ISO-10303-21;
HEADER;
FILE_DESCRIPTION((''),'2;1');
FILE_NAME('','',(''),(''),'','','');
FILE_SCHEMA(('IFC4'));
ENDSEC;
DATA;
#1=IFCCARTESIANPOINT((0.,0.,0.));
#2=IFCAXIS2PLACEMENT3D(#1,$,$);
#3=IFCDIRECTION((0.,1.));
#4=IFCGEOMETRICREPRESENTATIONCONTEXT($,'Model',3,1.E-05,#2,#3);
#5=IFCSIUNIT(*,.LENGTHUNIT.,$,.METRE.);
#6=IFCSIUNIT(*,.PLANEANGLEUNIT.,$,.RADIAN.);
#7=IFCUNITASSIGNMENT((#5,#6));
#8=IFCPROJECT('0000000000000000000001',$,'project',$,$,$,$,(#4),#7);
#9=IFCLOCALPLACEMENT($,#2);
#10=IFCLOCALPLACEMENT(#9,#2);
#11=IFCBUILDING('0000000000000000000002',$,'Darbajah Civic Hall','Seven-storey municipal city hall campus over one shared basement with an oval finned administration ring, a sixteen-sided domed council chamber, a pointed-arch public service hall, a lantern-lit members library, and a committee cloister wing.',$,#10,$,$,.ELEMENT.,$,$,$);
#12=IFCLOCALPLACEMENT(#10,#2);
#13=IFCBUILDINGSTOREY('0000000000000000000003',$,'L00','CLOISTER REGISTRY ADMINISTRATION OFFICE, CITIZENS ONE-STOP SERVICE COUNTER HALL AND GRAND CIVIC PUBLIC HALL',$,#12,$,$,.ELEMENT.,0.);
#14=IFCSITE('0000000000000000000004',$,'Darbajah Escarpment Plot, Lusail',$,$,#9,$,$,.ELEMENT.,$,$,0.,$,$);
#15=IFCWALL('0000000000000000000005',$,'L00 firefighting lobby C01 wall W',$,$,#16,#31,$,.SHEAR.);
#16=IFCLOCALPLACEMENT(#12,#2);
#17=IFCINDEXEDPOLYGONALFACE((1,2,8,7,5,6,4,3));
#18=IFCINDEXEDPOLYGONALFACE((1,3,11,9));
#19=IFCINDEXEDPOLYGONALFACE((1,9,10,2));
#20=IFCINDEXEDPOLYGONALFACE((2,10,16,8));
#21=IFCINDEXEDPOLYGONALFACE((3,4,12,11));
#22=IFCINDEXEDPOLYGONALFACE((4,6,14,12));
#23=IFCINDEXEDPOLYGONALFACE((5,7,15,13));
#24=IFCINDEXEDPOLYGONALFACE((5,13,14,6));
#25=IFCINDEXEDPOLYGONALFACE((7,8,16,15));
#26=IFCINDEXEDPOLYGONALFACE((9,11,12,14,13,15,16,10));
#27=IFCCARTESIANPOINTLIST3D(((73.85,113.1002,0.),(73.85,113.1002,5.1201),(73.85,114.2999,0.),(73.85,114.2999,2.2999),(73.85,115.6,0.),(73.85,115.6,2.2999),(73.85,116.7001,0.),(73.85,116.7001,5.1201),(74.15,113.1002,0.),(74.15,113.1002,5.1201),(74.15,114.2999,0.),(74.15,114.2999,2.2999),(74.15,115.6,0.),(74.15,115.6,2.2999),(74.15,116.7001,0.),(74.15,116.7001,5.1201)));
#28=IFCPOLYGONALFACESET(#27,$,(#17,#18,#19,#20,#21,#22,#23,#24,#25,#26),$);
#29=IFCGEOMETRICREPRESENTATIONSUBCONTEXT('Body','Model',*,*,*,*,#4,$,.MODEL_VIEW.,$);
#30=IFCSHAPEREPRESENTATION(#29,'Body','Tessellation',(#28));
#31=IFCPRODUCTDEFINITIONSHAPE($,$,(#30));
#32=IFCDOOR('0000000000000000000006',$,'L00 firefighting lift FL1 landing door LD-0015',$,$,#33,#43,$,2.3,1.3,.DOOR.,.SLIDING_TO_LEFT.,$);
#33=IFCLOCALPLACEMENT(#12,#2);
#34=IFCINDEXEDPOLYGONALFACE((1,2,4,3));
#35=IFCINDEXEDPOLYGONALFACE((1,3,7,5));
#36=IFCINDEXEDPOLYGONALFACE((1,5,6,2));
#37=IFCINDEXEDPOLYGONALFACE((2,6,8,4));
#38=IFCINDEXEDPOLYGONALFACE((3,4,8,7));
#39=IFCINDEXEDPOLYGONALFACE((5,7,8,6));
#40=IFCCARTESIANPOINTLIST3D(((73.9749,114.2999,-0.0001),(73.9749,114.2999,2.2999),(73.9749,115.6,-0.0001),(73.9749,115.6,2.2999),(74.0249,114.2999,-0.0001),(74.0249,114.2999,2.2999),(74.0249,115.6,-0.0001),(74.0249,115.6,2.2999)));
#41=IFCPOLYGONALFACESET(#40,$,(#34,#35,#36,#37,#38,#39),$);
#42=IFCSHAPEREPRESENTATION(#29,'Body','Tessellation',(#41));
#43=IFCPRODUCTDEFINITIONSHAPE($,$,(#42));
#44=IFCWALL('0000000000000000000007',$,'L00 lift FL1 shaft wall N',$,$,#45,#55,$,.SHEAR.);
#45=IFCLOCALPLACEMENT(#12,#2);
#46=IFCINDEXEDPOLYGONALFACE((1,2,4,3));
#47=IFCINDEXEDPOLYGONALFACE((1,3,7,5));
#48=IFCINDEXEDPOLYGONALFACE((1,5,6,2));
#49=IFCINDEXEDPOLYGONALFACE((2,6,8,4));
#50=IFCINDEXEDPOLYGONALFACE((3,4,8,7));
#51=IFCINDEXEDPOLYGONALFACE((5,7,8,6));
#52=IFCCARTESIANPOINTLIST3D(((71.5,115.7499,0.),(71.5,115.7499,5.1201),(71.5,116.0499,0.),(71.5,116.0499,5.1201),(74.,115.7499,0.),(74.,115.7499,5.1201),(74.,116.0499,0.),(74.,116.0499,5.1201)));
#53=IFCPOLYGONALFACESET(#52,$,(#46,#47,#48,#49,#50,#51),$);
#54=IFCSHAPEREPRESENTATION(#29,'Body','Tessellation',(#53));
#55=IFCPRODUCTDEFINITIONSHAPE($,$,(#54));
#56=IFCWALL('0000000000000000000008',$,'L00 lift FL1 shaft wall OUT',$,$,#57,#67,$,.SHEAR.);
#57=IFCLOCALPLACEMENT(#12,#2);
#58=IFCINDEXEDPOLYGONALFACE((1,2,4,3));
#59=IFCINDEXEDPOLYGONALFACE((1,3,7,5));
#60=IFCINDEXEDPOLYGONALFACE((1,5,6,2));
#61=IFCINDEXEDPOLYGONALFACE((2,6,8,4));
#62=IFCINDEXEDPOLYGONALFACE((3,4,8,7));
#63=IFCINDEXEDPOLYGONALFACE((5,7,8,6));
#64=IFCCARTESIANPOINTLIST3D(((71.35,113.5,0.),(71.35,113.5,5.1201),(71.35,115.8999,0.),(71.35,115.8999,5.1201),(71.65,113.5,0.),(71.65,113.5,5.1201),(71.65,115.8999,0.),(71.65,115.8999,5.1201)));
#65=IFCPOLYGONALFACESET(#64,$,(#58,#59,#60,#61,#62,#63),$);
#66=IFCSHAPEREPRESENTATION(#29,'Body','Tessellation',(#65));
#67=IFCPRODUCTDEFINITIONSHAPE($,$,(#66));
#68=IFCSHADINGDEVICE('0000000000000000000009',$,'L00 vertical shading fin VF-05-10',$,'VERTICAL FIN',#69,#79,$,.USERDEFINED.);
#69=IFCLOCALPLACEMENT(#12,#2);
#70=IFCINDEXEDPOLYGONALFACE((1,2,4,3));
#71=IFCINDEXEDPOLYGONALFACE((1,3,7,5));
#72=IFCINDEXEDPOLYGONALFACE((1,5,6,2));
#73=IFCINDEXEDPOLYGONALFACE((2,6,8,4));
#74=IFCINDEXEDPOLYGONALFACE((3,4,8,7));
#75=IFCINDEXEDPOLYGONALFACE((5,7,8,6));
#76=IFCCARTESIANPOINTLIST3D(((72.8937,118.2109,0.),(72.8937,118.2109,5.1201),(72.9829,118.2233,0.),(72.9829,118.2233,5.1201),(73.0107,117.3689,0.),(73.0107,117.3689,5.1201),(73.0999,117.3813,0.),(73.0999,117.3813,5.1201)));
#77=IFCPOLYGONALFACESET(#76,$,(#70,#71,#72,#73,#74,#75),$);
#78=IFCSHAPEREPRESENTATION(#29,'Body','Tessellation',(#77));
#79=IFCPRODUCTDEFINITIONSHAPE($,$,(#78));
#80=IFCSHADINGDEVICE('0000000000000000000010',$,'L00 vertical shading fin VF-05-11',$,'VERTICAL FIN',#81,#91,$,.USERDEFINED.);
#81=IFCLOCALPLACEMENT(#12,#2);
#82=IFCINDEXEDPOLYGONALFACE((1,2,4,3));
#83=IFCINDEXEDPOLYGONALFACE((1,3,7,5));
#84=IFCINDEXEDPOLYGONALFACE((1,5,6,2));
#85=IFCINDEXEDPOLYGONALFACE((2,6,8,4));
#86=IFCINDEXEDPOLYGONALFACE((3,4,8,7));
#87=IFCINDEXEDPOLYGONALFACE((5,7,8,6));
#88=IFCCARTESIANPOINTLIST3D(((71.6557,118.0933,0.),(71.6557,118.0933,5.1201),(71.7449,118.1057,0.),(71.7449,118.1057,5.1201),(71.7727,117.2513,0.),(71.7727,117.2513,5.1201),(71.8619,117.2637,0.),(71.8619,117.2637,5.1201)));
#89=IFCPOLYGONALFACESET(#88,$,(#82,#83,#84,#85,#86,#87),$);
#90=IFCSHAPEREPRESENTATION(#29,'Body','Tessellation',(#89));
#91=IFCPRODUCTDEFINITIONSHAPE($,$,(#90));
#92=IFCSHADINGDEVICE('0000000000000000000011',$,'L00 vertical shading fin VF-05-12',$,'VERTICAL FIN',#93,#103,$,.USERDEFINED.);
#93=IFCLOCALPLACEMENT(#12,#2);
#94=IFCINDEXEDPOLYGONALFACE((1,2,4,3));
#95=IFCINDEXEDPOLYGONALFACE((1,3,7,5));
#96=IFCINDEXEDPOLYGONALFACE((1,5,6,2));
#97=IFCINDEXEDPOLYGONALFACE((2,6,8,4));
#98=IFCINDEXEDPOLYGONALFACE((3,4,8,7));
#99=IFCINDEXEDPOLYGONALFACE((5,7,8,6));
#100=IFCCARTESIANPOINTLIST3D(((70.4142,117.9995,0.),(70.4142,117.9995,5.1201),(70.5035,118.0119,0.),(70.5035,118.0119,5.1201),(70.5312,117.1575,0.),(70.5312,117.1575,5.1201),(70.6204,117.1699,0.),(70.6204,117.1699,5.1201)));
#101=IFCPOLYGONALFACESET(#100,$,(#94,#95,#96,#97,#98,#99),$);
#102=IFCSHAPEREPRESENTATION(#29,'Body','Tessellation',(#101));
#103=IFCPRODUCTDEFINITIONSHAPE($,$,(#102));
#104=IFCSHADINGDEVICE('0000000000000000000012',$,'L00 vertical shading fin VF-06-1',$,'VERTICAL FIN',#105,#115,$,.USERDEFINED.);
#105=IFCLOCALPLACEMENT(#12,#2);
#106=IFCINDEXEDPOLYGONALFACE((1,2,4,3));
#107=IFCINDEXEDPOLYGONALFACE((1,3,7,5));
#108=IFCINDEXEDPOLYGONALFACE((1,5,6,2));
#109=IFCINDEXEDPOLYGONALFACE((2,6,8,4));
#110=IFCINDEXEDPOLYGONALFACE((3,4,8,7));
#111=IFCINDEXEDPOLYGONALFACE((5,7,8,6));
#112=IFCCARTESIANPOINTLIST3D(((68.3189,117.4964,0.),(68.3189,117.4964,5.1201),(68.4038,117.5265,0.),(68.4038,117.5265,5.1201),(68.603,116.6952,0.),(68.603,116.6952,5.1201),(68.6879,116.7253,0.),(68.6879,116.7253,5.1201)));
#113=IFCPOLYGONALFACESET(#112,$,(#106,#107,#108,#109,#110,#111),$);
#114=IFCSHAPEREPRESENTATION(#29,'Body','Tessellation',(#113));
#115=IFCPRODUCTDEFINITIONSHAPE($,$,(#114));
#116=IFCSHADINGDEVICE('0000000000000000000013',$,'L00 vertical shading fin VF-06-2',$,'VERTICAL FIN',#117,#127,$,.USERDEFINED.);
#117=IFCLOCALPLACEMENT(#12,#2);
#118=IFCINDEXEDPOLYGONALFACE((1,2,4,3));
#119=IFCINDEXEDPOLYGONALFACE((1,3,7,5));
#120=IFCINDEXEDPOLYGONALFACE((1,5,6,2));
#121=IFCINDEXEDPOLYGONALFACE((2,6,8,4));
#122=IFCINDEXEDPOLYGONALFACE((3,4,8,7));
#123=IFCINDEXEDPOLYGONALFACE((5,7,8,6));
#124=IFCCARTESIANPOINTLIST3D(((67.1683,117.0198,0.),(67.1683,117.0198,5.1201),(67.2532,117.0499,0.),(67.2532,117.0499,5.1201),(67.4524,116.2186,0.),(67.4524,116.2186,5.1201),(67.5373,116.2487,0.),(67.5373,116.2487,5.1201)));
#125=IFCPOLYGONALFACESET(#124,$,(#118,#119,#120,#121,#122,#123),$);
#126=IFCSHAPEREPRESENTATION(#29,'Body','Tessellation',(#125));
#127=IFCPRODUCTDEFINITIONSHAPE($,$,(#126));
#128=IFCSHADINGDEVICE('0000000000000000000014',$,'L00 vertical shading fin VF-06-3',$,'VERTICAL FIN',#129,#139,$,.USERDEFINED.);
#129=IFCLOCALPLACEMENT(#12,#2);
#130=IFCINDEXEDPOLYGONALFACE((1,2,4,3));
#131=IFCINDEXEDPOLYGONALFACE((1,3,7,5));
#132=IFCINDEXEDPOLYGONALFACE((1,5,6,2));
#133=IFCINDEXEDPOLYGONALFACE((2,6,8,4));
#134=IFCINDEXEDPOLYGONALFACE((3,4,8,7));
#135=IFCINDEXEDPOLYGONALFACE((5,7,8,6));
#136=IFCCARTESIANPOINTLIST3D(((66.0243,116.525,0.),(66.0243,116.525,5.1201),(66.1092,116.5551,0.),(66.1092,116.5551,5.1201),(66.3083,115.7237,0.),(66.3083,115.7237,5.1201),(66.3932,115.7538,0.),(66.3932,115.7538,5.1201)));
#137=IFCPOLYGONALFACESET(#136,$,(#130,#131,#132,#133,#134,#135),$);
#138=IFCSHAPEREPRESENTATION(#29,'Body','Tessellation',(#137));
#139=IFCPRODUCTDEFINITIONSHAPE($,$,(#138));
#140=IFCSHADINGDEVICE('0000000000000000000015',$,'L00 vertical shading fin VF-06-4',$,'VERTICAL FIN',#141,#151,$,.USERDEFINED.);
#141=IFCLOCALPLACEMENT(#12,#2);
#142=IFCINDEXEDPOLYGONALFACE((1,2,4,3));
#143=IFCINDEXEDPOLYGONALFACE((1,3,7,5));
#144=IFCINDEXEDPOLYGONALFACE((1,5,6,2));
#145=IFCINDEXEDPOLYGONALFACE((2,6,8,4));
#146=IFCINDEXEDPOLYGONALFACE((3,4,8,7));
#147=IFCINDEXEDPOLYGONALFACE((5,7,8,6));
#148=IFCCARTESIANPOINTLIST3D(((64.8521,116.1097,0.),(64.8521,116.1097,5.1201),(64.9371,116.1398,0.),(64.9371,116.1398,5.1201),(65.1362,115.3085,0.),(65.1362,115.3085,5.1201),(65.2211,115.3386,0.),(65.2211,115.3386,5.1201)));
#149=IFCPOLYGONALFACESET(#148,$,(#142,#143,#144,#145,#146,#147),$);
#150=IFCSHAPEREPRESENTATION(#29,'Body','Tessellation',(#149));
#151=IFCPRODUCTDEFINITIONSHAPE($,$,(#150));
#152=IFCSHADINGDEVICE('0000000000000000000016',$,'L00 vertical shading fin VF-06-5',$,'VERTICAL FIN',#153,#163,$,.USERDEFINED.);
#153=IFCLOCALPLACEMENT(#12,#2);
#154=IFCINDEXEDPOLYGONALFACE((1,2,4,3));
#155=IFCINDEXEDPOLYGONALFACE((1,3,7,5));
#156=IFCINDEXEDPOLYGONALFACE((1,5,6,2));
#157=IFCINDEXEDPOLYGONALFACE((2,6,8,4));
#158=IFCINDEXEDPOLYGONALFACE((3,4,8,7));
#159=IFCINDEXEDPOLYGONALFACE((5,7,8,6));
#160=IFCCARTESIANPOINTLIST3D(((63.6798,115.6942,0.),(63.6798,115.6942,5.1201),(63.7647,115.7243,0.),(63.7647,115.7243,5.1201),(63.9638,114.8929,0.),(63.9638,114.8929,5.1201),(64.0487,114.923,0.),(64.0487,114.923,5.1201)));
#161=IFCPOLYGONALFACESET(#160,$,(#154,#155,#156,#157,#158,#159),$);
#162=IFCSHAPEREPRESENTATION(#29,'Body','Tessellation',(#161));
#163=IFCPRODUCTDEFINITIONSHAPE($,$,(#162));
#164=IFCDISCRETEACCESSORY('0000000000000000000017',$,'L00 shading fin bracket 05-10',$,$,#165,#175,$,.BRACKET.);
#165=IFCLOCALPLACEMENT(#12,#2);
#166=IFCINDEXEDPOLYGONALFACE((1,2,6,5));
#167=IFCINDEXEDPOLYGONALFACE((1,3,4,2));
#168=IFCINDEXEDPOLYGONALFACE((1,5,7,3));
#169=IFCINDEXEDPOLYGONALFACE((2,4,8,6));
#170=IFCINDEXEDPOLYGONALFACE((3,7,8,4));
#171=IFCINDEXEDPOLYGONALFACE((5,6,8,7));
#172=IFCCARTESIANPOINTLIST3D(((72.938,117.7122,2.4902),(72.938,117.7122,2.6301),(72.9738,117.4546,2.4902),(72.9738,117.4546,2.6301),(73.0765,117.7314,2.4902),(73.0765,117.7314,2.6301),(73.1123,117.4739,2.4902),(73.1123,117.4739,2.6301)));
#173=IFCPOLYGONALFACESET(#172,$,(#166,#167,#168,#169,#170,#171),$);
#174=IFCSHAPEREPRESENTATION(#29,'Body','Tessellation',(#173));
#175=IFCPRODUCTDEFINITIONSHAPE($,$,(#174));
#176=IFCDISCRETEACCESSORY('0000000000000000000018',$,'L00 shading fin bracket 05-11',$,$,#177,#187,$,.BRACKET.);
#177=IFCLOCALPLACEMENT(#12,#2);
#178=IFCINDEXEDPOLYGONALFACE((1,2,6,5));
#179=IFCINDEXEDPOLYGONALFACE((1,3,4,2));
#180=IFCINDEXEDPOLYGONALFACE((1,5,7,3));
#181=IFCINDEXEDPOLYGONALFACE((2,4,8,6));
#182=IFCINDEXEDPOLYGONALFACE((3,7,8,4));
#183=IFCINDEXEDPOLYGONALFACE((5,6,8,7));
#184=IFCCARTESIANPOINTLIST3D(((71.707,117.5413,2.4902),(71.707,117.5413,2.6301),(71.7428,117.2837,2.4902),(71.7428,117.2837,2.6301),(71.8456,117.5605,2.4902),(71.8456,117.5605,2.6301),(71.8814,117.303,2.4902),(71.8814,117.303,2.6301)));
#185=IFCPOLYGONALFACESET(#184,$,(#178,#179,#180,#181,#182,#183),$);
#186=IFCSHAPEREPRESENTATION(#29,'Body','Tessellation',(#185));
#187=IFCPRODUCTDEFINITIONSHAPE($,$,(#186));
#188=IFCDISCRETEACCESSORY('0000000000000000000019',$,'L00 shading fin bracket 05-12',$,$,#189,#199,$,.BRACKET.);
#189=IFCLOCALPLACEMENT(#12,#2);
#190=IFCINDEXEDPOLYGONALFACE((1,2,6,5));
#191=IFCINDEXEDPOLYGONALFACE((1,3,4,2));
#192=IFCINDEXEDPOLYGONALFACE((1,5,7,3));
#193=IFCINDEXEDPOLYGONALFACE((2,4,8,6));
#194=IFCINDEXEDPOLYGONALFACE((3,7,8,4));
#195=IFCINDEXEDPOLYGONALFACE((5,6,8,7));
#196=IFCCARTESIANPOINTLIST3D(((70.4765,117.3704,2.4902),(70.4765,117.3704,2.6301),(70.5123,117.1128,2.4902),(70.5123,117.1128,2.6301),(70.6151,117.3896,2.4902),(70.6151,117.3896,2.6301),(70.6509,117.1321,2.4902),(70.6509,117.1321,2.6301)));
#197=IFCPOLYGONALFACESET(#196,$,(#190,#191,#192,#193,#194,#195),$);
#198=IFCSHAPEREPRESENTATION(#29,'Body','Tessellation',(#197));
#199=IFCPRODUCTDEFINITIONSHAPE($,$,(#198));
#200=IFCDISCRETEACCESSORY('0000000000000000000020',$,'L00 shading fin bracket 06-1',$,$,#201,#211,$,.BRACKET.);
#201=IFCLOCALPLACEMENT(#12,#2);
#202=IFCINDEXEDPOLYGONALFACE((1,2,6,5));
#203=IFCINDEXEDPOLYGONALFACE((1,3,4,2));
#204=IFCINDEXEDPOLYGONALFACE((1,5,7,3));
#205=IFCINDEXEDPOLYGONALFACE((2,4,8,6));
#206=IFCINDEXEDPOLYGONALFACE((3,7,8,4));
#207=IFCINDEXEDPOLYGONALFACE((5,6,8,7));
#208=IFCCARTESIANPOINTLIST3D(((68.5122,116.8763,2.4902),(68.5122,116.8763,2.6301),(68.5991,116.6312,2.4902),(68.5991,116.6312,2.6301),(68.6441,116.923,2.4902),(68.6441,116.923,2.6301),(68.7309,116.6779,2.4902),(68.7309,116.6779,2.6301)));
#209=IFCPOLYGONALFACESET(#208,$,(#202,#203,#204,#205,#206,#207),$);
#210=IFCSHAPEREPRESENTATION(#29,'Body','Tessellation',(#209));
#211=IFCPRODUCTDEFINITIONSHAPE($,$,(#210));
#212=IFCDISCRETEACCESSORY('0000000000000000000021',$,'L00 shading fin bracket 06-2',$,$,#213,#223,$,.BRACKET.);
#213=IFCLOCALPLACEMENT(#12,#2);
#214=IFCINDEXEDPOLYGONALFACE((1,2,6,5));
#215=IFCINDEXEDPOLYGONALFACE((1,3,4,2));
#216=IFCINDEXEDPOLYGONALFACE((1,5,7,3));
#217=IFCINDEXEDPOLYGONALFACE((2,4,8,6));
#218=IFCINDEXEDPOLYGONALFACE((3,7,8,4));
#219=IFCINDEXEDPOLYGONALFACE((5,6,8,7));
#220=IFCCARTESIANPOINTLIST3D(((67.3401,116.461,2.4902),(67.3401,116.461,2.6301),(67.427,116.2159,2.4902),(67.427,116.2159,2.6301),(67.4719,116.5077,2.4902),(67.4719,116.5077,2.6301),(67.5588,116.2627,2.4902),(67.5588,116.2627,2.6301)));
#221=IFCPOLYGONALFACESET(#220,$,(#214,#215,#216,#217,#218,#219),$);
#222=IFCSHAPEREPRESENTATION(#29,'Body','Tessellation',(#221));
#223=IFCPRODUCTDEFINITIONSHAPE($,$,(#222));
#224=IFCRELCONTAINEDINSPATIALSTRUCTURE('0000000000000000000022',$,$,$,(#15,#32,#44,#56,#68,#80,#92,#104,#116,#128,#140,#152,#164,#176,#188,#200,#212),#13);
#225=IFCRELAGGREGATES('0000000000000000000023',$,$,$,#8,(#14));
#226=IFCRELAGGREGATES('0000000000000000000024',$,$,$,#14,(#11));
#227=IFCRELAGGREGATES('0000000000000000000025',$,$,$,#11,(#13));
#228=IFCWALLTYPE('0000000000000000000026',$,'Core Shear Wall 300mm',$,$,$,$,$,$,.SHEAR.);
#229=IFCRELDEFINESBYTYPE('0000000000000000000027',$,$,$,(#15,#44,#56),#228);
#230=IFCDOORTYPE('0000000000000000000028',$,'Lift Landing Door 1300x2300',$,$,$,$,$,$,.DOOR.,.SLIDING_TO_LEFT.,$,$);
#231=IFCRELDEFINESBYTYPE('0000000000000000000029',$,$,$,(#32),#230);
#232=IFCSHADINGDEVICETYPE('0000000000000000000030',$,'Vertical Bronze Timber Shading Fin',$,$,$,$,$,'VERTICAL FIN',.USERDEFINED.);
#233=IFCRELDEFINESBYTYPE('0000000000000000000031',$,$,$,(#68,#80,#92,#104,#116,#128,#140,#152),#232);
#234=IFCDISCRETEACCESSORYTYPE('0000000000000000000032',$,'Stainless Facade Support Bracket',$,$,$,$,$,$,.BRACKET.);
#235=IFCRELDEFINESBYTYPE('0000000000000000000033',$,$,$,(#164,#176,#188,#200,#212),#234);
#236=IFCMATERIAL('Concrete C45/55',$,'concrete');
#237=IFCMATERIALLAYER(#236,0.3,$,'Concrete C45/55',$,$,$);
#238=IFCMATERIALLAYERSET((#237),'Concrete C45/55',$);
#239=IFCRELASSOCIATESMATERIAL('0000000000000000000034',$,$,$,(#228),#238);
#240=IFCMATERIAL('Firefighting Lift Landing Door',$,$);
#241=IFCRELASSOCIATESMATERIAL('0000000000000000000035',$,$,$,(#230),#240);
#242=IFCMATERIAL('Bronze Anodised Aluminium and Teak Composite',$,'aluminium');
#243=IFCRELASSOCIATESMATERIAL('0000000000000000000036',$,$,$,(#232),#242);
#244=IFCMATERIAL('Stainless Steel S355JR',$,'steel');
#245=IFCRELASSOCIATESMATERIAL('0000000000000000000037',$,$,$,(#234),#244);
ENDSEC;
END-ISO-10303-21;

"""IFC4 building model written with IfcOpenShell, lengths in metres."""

from ifc_helpers import new_model, si_unit, direction, frame, frame_2d, origin, origin_2d, place, context, subcontext, project, spatial, rectangle, extrude, material, layer, layer_set, type_object, element, fill, save


model = new_model("IFC4")

# Units and contexts
model_context = context("Model", 3, precision=1e-05, world=origin(), true_north=direction((0.0, 1.0)))
body_context = subcontext(model_context, "Body", "Model", "MODEL_VIEW")
ifc_project = project(units=[si_unit("LENGTHUNIT", "METRE"), si_unit("PLANEANGLEUNIT", "RADIAN")], contexts=[model_context])

# Site, building, storey
site_placement = place(None, origin())
site = spatial("IfcSite", under=ifc_project, at=site_placement, Name="Darbajah Escarpment Plot, Lusail", CompositionType="ELEMENT", RefElevation=0.0)
building_placement = place(site_placement, origin())
building = spatial("IfcBuilding", under=site, at=building_placement, Name="Darbajah Civic Hall", Description="Seven-storey municipal city hall campus over one shared basement with an oval finned administration ring, a sixteen-sided domed council chamber, a pointed-arch public service hall, a lantern-lit members library, and a committee cloister wing.", CompositionType="ELEMENT")
storey_placement = place(building_placement, origin())
storey = spatial("IfcBuildingStorey", under=building, at=storey_placement, Name="L00", Description="CLOISTER REGISTRY ADMINISTRATION OFFICE, CITIZENS ONE-STOP SERVICE COUNTER HALL AND GRAND CIVIC PUBLIC HALL", CompositionType="ELEMENT", Elevation=0.0)

# Wall, opening, door
ifc_material_1 = material(Name="Concrete C45/55", Category="concrete")
ifc_layer_1 = layer(ifc_material_1, 0.3, Name="Concrete C45/55")
ifc_layer_set_1 = layer_set([ifc_layer_1], Name="Concrete C45/55")
wall_type = type_object("IfcWallType", Name="Core Shear Wall 300mm", PredefinedType="SHEAR", material=ifc_layer_set_1)
wall_1_placement = place(storey_placement, frame((74.0, 116.7, 0.0), z_axis=(0.0, 0.0, 1.0), x_axis=(0.0, -1.0, 0.0)))
wall_1 = element("IfcWall", 1, at=wall_1_placement, inside=storey, type_object=wall_type, Name="L00 firefighting lobby C01 wall W", PredefinedType="SHEAR", context=body_context, shape_type="SweptSolid", body=[
    extrude(rectangle(XDim=3.5999, YDim=0.3, at=frame_2d((1.7998, 0.0))), origin(), (0.0, 0.0, 1.0), 5.1201),
])
opening_placement = place(wall_1_placement, frame((1.1001, 0.0, 0.0)))
opening = element("IfcOpeningElement", 2, at=opening_placement, cuts=wall_1, PredefinedType="OPENING", context=body_context, shape_type="SweptSolid", body=[
    extrude(rectangle(XDim=1.3, YDim=2.3, at=frame_2d((0.6499, 1.1499))), frame((0.0, 0.1599, 0.0), z_axis=(0.0, -1.0, 0.0), x_axis=(1.0, 0.0, 0.0)), (0.0, 0.0, 1.0), 0.3201),
])
ifc_material_2 = material(Name="Firefighting Lift Landing Door")
door_type = type_object("IfcDoorType", Name="Lift Landing Door 1300x2300", OperationType="SLIDING_TO_LEFT", PredefinedType="DOOR", material=ifc_material_2)
door_placement = place(opening_placement, origin())
door = element("IfcDoor", 3, at=door_placement, inside=storey, type_object=door_type, Name="L00 firefighting lift FL1 landing door LD-0015", OperationType="SLIDING_TO_LEFT", OverallHeight=2.3, OverallWidth=1.3, PredefinedType="DOOR", context=body_context, shape_type="SweptSolid", body=[
    extrude(rectangle(XDim=1.3, YDim=2.3, at=frame_2d((0.6499, 1.1499))), frame((0.0, 0.0249, 0.0), z_axis=(0.0, -1.0, 0.0), x_axis=(1.0, 0.0, 0.0)), (0.0, 0.0, 1.0), 0.05),
])
fill(opening, door)

# Walls
wall_2_placement = place(storey_placement, frame((74.0, 115.8999, 0.0), z_axis=(0.0, 0.0, 1.0), x_axis=(-1.0, 0.0, 0.0)))
element("IfcWall", 4, at=wall_2_placement, inside=storey, type_object=wall_type, Name="L00 lift FL1 shaft wall N", PredefinedType="SHEAR", context=body_context, shape_type="SweptSolid", body=[
    extrude(rectangle(XDim=2.5, YDim=0.3, at=frame_2d((1.25, 0.0))), origin(), (0.0, 0.0, 1.0), 5.1201),
])
wall_3_placement = place(storey_placement, frame((71.5, 115.8999, 0.0), z_axis=(0.0, 0.0, 1.0), x_axis=(0.0, -1.0, 0.0)))
element("IfcWall", 5, at=wall_3_placement, inside=storey, type_object=wall_type, Name="L00 lift FL1 shaft wall OUT", PredefinedType="SHEAR", context=body_context, shape_type="SweptSolid", body=[
    extrude(rectangle(XDim=2.3999, YDim=0.3, at=frame_2d((1.2, 0.0))), origin(), (0.0, 0.0, 1.0), 5.1201),
])

# Shading devices
ifc_material_3 = material(Name="Bronze Anodised Aluminium and Teak Composite", Category="aluminium")
shading_device_type = type_object("IfcShadingDeviceType", Name="Vertical Bronze Timber Shading Fin", ElementType="VERTICAL FIN", PredefinedType="USERDEFINED", material=ifc_material_3)
for number, where, z_axis, x_axis, name in (
    (6, (72.9968, 117.7961, 0.0), (0.0, 0.0, 1.0), (-0.137617, 0.990485, 0.0), "L00 vertical shading fin VF-05-10"),
    (7, (71.7588, 117.6785, 0.0), (0.0, 0.0, 1.0), (-0.137617, 0.990485, 0.0), "L00 vertical shading fin VF-05-11"),
    (8, (70.5173, 117.5847, 0.0), (0.0, 0.0, 1.0), (-0.137617, 0.990485, 0.0), "L00 vertical shading fin VF-05-12"),
    (9, (68.5034, 117.1108, 0.0), (0.0, 0.0, 1.0), (-0.334136, 0.942525, 0.0), "L00 vertical shading fin VF-06-1"),
    (10, (67.3528, 116.6343, 0.0), (0.0, 0.0, 1.0), (-0.334136, 0.942525, 0.0), "L00 vertical shading fin VF-06-2"),
    (11, (66.2087, 116.1394, 0.0), (0.0, 0.0, 1.0), (-0.334136, 0.942525, 0.0), "L00 vertical shading fin VF-06-3"),
    (12, (65.0366, 115.7241, 0.0), (0.0, 0.0, 1.0), (-0.334136, 0.942525, 0.0), "L00 vertical shading fin VF-06-4"),
    (13, (63.8643, 115.3086, 0.0), (0.0, 0.0, 1.0), (-0.334136, 0.942525, 0.0), "L00 vertical shading fin VF-06-5"),
):
    element("IfcShadingDevice", number, at=place(storey_placement, frame(where, z_axis=z_axis, x_axis=x_axis)), inside=storey, type_object=shading_device_type, Name=name, ObjectType="VERTICAL FIN", PredefinedType="USERDEFINED", context=body_context, shape_type="SweptSolid", body=[
        extrude(rectangle(XDim=0.8501, YDim=0.0901, at=origin_2d()), origin(), (0.0, 0.0, 1.0), 5.1201),
    ])

# Discrete accessories
ifc_material_4 = material(Name="Stainless Steel S355JR", Category="steel")
discrete_accessory_type = type_object("IfcDiscreteAccessoryType", Name="Stainless Facade Support Bracket", PredefinedType="BRACKET", material=ifc_material_4)
for number, where, z_axis, x_axis, name in (
    (14, (73.0251, 117.593, 2.4902), (0.0, 0.0, 1.0), (-0.137617, 0.990485, 0.0), "L00 shading fin bracket 05-10"),
    (15, (71.7942, 117.4221, 2.4902), (0.0, 0.0, 1.0), (-0.137617, 0.990485, 0.0), "L00 shading fin bracket 05-11"),
    (16, (70.5637, 117.2512, 2.4902), (0.0, 0.0, 1.0), (-0.137617, 0.990485, 0.0), "L00 shading fin bracket 05-12"),
    (17, (68.6216, 116.7771, 2.4902), (0.0, 0.0, 1.0), (-0.334136, 0.942525, 0.0), "L00 shading fin bracket 06-1"),
    (18, (67.4495, 116.3618, 2.4902), (0.0, 0.0, 1.0), (-0.334136, 0.942525, 0.0), "L00 shading fin bracket 06-2"),
):
    element("IfcDiscreteAccessory", number, at=place(storey_placement, frame(where, z_axis=z_axis, x_axis=x_axis)), inside=storey, type_object=discrete_accessory_type, Name=name, PredefinedType="BRACKET", context=body_context, shape_type="SweptSolid", body=[
        extrude(rectangle(XDim=0.26, YDim=0.1399, at=origin_2d()), origin(), (0.0, 0.0, 1.0), 0.1399),
    ])

save(model, "model.ifc")
